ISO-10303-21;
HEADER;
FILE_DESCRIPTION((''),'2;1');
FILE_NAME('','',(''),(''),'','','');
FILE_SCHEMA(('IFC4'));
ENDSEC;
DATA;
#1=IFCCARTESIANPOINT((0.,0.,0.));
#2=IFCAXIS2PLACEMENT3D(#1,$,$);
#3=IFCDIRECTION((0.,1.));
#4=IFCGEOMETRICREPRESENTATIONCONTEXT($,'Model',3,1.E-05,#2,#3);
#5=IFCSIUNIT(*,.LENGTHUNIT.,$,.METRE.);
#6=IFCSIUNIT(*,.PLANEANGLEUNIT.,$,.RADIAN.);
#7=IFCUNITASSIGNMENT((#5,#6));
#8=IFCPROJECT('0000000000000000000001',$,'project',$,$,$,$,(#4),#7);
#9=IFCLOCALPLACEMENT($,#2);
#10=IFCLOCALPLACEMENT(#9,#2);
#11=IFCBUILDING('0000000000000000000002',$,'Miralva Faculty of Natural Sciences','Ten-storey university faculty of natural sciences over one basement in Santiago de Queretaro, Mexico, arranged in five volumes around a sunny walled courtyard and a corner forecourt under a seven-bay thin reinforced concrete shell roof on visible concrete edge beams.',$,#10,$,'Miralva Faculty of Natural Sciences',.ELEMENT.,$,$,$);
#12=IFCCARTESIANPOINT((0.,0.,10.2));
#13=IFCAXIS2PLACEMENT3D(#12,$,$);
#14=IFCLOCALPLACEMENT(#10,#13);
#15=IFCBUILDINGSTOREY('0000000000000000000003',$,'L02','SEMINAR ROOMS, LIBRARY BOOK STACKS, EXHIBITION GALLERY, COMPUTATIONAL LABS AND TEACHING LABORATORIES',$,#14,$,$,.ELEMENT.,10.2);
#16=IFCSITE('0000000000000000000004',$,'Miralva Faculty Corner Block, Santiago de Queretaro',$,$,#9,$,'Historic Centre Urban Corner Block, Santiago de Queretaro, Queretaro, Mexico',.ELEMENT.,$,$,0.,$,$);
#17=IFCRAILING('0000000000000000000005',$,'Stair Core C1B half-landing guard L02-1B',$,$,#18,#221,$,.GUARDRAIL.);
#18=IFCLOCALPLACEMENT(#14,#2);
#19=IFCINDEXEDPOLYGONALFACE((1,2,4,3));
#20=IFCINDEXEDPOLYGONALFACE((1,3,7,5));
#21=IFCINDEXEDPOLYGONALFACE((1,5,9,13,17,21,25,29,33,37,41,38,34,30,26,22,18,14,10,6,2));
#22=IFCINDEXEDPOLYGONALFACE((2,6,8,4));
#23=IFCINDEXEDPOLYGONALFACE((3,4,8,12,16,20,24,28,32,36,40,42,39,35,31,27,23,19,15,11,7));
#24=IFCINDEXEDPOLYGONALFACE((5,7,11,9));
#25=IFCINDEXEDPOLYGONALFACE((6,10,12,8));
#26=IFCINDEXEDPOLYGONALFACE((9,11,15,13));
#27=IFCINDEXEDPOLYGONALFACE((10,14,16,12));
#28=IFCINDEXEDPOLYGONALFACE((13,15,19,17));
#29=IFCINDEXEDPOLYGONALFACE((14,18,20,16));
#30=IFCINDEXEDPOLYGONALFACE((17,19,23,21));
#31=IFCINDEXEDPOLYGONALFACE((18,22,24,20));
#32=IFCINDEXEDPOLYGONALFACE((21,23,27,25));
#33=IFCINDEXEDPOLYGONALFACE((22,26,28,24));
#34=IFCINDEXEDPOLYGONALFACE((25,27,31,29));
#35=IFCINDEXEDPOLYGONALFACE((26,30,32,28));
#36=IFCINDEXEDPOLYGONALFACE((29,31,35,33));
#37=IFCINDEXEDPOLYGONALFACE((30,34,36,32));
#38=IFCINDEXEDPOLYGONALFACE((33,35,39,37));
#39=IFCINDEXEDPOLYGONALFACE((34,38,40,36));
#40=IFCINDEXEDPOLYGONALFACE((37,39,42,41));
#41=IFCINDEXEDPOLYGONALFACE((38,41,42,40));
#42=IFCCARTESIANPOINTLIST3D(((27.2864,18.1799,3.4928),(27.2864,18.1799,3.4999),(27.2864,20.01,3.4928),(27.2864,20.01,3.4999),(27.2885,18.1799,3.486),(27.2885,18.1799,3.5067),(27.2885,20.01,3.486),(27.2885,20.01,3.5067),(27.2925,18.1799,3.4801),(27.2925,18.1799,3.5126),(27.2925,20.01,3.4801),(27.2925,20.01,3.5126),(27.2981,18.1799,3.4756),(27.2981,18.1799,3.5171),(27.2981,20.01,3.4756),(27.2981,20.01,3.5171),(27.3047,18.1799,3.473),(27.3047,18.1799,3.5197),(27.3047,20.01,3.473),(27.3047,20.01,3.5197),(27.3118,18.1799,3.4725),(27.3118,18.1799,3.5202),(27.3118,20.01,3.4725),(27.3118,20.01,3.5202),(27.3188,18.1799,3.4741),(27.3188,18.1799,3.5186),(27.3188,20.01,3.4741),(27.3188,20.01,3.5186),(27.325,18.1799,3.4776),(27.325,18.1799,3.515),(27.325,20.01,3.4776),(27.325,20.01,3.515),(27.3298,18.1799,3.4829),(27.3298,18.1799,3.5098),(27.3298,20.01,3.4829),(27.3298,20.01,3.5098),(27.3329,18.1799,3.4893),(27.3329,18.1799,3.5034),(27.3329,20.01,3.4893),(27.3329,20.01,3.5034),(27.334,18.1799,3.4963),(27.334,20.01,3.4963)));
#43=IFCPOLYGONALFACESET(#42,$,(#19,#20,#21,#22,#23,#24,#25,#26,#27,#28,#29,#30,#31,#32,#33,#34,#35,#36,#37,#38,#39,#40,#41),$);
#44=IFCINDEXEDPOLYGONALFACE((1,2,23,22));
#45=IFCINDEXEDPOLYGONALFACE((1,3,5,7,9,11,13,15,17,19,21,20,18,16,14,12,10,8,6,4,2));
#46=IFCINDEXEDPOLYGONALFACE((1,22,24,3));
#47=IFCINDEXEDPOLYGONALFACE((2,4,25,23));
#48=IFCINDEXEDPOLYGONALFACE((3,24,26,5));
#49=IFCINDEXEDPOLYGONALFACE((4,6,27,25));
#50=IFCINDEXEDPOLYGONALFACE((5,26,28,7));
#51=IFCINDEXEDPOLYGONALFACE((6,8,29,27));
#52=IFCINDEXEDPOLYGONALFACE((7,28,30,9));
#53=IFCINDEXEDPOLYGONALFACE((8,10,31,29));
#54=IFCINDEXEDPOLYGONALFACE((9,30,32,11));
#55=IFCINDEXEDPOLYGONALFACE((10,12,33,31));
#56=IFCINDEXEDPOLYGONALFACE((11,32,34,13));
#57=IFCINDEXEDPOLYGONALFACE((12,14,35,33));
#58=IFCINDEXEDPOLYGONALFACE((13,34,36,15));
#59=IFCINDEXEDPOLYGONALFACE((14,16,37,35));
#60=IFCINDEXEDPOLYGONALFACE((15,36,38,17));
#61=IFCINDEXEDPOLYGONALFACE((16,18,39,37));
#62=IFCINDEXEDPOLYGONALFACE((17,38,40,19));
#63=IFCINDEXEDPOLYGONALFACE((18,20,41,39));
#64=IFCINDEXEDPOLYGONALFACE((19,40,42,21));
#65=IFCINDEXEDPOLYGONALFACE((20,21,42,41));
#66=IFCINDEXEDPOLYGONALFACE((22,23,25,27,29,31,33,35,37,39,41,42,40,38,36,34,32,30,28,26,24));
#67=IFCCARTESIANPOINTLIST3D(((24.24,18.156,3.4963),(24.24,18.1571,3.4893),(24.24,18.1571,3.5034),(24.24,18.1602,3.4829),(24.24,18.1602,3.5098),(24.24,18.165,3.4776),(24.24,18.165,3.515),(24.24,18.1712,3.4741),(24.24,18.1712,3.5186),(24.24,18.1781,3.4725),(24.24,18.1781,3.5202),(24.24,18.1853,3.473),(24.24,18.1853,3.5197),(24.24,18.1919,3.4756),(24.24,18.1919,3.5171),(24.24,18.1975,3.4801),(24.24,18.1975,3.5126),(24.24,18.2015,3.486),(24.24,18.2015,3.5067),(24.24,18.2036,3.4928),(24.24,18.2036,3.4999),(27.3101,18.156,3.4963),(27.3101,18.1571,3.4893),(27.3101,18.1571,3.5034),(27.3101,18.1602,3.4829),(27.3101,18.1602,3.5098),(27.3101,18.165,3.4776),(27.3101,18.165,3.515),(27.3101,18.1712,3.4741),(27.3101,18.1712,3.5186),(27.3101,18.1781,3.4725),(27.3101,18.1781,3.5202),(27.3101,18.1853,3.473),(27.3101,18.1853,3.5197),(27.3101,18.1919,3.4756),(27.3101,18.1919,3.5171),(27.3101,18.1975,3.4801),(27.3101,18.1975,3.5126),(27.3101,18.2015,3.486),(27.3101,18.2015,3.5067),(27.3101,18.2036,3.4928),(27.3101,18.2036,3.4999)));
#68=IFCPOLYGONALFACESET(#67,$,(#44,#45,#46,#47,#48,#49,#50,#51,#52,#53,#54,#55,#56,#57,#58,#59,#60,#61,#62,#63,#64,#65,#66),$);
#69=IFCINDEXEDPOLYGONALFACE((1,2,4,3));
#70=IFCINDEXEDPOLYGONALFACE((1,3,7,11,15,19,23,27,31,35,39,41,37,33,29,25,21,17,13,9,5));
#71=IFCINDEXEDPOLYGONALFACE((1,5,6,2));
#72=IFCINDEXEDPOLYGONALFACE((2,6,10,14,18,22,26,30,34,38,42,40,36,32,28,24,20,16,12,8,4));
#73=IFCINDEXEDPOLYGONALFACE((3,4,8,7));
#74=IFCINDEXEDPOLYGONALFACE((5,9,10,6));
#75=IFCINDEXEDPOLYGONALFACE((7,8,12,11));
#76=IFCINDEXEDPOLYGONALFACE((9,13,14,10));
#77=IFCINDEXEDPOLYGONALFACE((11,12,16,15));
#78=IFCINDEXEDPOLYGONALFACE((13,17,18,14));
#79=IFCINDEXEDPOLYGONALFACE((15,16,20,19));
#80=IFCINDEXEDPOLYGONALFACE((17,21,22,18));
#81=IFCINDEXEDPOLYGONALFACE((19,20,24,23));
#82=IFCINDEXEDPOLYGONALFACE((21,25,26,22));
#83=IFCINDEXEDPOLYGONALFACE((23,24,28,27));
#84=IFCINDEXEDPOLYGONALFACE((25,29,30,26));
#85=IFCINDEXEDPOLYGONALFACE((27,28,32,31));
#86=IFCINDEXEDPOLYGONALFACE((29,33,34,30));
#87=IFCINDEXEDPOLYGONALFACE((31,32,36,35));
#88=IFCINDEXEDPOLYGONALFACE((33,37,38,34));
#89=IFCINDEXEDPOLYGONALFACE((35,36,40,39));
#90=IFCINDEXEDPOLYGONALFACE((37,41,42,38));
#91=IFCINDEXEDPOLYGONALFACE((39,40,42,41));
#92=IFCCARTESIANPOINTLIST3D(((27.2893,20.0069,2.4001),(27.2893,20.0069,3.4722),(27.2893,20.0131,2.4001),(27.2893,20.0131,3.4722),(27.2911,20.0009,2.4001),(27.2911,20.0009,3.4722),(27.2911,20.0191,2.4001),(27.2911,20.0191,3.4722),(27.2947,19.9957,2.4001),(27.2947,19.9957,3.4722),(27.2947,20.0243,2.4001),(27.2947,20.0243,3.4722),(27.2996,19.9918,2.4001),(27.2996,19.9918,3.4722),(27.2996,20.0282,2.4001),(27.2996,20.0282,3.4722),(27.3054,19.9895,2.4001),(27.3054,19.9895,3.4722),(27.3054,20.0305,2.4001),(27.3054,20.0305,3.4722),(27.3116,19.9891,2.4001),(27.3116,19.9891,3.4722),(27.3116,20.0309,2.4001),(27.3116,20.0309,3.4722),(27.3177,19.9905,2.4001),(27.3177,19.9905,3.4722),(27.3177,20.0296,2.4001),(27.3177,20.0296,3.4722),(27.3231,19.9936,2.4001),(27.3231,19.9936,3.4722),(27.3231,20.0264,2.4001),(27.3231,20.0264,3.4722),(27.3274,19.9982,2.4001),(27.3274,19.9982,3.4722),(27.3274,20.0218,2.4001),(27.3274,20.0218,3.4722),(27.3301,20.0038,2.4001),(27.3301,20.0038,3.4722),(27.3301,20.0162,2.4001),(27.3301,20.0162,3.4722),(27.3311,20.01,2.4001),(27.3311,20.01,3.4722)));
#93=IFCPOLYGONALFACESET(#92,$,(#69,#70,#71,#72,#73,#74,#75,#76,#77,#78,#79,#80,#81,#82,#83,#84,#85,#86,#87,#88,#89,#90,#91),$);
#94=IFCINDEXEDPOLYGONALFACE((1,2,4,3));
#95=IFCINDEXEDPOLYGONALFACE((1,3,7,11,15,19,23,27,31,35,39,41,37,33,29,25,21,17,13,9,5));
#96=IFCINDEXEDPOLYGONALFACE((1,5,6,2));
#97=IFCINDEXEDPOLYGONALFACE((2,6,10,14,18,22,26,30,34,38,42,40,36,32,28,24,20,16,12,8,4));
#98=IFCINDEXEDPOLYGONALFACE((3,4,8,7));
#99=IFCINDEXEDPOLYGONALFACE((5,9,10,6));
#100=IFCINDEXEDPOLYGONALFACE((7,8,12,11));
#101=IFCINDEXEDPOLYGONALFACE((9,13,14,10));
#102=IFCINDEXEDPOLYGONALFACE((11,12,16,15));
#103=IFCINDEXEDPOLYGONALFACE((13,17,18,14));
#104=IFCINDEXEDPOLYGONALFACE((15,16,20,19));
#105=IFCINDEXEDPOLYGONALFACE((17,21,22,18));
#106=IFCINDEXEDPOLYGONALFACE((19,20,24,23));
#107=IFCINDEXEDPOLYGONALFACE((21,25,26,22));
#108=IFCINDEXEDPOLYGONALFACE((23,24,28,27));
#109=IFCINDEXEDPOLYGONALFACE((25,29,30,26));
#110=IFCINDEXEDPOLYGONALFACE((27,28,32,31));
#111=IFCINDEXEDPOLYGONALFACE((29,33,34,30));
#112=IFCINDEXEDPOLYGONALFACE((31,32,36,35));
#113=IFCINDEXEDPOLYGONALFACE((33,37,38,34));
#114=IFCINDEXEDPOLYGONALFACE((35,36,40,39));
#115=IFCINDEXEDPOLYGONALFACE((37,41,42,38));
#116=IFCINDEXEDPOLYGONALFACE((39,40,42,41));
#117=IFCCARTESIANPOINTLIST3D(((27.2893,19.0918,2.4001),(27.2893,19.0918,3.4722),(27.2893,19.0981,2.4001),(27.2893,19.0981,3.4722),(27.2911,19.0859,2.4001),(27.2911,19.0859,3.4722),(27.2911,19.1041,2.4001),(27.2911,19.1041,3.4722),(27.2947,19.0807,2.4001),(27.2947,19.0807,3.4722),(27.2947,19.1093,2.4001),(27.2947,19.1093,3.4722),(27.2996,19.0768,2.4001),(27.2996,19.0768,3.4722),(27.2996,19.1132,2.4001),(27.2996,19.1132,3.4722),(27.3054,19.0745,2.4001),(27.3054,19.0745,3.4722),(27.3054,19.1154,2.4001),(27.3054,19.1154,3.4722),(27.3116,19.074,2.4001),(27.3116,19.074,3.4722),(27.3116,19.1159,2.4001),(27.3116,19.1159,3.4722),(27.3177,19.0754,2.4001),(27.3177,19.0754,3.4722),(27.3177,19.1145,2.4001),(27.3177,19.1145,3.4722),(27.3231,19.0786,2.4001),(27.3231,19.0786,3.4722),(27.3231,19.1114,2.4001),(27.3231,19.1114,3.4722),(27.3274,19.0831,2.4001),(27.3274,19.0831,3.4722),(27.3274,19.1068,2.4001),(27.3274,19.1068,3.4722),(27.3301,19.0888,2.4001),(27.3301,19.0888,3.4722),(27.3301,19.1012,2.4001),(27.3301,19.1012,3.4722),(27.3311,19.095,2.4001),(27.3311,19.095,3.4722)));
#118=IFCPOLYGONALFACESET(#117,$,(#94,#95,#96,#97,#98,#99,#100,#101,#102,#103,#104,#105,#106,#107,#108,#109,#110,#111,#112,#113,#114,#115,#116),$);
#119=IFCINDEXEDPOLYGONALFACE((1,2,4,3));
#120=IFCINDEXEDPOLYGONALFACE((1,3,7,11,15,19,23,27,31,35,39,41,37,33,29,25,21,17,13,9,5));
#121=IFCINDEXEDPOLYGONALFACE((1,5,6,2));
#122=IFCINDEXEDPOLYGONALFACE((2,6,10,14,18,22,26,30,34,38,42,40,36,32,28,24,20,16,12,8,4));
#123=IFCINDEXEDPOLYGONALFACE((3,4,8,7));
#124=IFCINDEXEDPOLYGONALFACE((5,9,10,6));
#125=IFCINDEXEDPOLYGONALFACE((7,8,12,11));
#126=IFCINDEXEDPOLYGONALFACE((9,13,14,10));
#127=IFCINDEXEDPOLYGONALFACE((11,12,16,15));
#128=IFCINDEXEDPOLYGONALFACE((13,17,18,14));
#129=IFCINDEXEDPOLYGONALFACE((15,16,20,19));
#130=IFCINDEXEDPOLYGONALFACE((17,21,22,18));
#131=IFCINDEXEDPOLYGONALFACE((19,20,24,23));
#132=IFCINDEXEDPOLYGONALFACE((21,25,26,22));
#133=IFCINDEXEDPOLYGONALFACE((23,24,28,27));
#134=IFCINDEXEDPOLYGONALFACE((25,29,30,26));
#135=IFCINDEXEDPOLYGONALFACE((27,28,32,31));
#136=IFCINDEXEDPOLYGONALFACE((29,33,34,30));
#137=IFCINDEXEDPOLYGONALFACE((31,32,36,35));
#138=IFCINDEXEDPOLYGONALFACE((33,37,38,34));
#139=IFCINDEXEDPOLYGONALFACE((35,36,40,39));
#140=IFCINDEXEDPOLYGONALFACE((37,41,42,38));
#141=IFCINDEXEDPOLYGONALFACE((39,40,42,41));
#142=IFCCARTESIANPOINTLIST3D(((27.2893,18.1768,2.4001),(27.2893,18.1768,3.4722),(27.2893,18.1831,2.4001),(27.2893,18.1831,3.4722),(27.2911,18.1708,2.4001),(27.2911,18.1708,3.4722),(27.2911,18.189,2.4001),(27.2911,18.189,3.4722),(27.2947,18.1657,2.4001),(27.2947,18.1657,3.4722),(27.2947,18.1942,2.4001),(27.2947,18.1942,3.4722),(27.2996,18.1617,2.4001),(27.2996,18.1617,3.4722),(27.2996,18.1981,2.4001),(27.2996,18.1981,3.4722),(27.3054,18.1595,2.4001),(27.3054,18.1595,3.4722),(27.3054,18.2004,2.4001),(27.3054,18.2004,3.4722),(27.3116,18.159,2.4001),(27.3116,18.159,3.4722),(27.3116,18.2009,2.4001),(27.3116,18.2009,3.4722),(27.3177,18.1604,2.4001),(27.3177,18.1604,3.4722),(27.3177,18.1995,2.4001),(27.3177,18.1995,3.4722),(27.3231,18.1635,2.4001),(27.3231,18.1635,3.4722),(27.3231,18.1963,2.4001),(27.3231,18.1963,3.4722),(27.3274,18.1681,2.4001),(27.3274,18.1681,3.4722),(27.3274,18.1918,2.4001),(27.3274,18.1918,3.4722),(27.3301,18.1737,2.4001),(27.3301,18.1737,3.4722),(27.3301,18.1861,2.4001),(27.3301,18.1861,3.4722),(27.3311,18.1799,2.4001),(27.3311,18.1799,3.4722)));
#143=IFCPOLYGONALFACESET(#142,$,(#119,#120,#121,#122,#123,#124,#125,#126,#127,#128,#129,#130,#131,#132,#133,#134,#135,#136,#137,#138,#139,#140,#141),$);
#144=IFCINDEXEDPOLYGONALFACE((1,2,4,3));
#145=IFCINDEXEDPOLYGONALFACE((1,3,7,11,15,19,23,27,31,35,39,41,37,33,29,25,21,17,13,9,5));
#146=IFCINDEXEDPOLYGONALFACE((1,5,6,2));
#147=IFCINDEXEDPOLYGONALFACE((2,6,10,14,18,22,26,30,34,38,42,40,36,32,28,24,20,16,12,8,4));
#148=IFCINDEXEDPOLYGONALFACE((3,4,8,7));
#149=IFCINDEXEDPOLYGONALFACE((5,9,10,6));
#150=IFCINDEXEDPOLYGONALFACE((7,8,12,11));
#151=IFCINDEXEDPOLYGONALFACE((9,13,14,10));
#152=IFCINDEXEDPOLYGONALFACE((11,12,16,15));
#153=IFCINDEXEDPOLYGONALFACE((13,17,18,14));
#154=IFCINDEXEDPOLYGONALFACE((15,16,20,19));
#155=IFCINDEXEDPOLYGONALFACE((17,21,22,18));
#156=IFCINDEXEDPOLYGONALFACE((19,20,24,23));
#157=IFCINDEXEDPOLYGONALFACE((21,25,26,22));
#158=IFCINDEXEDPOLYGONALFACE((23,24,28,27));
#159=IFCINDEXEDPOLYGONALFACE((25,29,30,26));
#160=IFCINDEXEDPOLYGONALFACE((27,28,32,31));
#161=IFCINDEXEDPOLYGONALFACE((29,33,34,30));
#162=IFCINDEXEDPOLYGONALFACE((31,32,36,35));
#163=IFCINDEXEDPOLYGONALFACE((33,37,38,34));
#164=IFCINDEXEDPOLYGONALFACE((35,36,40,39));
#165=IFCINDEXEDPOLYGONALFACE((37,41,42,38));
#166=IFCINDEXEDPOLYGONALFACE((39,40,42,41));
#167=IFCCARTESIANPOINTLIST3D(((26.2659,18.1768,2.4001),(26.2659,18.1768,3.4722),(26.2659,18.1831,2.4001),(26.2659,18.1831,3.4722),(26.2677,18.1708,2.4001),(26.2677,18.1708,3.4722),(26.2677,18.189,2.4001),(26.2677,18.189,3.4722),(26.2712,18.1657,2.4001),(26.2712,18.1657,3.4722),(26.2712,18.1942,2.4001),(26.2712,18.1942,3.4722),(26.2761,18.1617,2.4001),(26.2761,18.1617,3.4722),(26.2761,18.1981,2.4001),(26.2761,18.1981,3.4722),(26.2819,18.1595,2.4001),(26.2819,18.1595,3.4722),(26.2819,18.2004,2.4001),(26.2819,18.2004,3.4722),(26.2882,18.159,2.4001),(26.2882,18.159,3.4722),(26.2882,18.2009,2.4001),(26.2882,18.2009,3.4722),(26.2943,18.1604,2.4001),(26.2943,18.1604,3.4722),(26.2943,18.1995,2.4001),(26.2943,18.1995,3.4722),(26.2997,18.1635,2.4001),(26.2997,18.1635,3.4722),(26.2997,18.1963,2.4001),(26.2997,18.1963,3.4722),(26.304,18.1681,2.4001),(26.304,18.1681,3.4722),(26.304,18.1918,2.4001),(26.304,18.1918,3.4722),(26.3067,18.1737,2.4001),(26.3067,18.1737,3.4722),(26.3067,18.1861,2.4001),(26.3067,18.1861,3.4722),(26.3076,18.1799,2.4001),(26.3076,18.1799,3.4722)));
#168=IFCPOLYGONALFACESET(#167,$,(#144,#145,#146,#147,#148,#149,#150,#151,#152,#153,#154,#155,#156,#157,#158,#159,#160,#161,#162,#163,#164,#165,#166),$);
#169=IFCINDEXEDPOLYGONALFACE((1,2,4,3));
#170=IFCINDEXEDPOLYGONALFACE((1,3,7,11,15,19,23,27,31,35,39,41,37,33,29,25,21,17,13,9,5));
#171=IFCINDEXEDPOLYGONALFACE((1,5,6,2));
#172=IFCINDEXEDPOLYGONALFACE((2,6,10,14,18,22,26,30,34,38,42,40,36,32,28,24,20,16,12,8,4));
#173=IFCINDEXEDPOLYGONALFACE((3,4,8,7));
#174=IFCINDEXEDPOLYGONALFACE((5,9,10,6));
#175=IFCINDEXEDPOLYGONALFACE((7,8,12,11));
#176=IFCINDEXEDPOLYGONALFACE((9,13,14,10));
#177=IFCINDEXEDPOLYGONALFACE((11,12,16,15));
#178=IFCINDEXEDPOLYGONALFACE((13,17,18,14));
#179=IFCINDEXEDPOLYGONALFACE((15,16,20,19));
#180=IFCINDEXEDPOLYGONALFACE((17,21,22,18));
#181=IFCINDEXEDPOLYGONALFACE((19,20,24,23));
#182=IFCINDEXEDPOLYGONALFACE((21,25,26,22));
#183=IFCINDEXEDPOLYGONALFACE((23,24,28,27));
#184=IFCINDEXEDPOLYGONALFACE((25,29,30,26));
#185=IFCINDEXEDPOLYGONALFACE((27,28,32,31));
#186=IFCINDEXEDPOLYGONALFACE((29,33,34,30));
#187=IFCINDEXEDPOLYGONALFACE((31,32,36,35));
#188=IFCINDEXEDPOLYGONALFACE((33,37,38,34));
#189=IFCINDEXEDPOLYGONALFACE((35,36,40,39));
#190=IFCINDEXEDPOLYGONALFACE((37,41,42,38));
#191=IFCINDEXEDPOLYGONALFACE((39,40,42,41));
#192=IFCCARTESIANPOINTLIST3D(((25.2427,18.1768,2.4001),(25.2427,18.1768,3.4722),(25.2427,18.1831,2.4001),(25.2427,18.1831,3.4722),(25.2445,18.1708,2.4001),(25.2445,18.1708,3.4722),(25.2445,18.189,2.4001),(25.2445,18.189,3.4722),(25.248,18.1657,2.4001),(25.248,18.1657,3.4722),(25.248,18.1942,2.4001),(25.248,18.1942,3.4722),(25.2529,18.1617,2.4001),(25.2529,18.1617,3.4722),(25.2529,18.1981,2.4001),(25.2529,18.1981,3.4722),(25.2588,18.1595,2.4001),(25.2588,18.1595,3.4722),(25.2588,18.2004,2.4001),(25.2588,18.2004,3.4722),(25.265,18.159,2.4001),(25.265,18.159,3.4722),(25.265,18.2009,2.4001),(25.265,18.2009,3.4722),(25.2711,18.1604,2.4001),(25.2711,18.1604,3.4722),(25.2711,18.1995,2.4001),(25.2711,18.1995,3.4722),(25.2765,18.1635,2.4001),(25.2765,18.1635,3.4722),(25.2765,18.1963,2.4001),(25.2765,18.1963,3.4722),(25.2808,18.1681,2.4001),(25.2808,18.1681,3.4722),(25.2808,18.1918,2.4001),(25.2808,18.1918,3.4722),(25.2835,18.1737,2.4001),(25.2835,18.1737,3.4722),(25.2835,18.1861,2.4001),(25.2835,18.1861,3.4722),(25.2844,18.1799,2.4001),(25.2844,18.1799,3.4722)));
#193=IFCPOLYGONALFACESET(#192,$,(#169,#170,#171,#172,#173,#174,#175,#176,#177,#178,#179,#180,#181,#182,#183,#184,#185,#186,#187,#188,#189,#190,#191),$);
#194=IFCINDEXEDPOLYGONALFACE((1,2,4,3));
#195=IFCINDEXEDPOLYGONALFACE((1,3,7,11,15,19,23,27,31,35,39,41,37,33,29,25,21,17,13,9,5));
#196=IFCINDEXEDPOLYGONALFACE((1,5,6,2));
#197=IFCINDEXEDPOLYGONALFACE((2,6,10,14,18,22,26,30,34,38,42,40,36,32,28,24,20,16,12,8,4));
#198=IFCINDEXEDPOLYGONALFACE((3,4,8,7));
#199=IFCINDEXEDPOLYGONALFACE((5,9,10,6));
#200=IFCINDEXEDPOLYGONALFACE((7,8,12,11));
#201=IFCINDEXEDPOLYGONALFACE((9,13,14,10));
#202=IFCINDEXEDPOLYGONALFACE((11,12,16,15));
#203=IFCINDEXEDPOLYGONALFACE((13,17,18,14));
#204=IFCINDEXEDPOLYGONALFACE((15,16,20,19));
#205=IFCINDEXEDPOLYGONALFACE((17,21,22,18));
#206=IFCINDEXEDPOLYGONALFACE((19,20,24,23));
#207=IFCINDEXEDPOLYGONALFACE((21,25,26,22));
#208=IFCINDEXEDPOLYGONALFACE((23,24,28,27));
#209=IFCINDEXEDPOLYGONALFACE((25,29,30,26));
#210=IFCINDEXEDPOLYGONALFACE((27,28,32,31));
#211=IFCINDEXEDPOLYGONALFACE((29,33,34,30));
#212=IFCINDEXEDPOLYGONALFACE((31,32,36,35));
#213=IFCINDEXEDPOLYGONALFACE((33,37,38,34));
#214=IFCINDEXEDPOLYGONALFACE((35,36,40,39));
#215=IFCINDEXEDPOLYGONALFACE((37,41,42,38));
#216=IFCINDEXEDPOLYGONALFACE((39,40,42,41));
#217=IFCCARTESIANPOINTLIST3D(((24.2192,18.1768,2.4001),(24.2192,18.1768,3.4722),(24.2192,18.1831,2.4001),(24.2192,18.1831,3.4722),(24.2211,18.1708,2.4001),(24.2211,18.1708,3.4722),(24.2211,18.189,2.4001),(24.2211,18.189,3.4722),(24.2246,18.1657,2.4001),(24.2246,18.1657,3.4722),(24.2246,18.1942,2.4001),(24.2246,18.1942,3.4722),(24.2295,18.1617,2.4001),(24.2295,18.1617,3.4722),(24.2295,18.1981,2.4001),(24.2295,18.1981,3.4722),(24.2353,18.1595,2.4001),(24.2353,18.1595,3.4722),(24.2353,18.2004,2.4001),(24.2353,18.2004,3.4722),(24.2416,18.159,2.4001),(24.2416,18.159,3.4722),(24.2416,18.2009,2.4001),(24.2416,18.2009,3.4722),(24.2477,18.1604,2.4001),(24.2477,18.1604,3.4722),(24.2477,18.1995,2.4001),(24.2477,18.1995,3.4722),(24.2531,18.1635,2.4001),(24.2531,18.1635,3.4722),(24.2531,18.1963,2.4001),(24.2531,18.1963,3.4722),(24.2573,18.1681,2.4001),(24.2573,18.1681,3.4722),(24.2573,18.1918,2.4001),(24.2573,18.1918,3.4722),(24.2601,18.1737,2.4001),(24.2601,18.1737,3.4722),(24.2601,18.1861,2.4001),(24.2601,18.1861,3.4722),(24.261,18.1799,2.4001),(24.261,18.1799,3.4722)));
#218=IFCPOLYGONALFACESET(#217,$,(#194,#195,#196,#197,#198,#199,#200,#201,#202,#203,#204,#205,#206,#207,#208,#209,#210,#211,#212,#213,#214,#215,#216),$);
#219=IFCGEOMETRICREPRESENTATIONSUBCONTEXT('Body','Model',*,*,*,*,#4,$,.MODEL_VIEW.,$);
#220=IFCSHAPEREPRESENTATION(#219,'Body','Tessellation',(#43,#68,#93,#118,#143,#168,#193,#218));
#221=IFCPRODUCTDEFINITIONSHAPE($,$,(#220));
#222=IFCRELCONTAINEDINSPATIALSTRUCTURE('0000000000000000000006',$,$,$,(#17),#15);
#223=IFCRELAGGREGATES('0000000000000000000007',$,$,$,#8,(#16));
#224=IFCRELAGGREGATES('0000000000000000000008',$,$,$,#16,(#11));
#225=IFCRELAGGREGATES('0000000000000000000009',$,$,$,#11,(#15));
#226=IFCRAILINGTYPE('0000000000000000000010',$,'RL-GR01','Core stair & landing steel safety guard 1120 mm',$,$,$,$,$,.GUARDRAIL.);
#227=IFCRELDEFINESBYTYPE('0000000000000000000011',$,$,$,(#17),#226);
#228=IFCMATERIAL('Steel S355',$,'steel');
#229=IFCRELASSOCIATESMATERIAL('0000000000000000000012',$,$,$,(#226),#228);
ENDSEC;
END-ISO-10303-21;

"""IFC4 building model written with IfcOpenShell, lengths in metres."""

from ifc_helpers import new_model, si_unit, direction, frame, origin, origin_2d, place, context, subcontext, project, spatial, circle, extrude, material, type_object, element, save


model = new_model("IFC4")

# Units and contexts
model_context = context("Model", 3, precision=1e-05, world=origin(), true_north=direction((0.0, 1.0)))
body_context = subcontext(model_context, "Body", "Model", "MODEL_VIEW")
ifc_project = project(units=[si_unit("LENGTHUNIT", "METRE"), si_unit("PLANEANGLEUNIT", "RADIAN")], contexts=[model_context])

# Site, building, storey
site_placement = place(None, origin())
site = spatial("IfcSite", under=ifc_project, at=site_placement, Name="Miralva Faculty Corner Block, Santiago de Queretaro", LongName="Historic Centre Urban Corner Block, Santiago de Queretaro, Queretaro, Mexico", CompositionType="ELEMENT", RefElevation=0.0)
building_placement = place(site_placement, origin())
building = spatial("IfcBuilding", under=site, at=building_placement, Name="Miralva Faculty of Natural Sciences", Description="Ten-storey university faculty of natural sciences over one basement in Santiago de Queretaro, Mexico, arranged in five volumes around a sunny walled courtyard and a corner forecourt under a seven-bay thin reinforced concrete shell roof on visible concrete edge beams.", LongName="Miralva Faculty of Natural Sciences", CompositionType="ELEMENT")
storey_placement = place(building_placement, frame((0.0, 0.0, 10.2)))
storey = spatial("IfcBuildingStorey", under=building, at=storey_placement, Name="L02", Description="SEMINAR ROOMS, LIBRARY BOOK STACKS, EXHIBITION GALLERY, COMPUTATIONAL LABS AND TEACHING LABORATORIES", CompositionType="ELEMENT", Elevation=10.2)

# Railing
ifc_material_1 = material(Name="Steel S355", Category="steel")
railing_type_1 = type_object("IfcRailingType", Name="RL-GR01", Description="Core stair & landing steel safety guard 1120 mm", PredefinedType="GUARDRAIL", material=ifc_material_1)
railing_1_placement = place(storey_placement, frame((27.3101, 20.01, 2.4001)))
element("IfcRailing", 1, at=railing_1_placement, inside=storey, type_object=railing_type_1, Name="Stair Core C1B half-landing guard L02-1B", PredefinedType="GUARDRAIL", context=body_context, shape_type="SweptSolid", body=[
    extrude(circle(Radius=0.0239, at=origin_2d()), frame((0.0, 0.0, 1.0962), z_axis=(0.0, -1.0, 0.0), x_axis=(1.0, 0.0, 0.0)), (0.0, 0.0, 1.0), 1.8301),
    extrude(circle(Radius=0.0239, at=origin_2d()), frame((0.0, -1.8301, 1.0962), z_axis=(-1.0, 0.0, 0.0), x_axis=(0.0, -1.0, 0.0)), (0.0, 0.0, 1.0), 3.0701),
    extrude(circle(Radius=0.021, at=origin_2d()), origin(), (0.0, 0.0, 1.0), 1.072),
    extrude(circle(Radius=0.021, at=origin_2d()), frame((0.0, -0.915, 0.0)), (0.0, 0.0, 1.0), 1.072),
    extrude(circle(Radius=0.021, at=origin_2d()), frame((0.0, -1.8301, 0.0)), (0.0, 0.0, 1.0), 1.072),
    extrude(circle(Radius=0.021, at=origin_2d()), frame((-1.0234, -1.8301, 0.0)), (0.0, 0.0, 1.0), 1.072),
    extrude(circle(Radius=0.021, at=origin_2d()), frame((-2.0466, -1.8301, 0.0)), (0.0, 0.0, 1.0), 1.072),
    extrude(circle(Radius=0.021, at=origin_2d()), frame((-3.0701, -1.8301, 0.0)), (0.0, 0.0, 1.0), 1.072),
])

save(model, "model.ifc")
